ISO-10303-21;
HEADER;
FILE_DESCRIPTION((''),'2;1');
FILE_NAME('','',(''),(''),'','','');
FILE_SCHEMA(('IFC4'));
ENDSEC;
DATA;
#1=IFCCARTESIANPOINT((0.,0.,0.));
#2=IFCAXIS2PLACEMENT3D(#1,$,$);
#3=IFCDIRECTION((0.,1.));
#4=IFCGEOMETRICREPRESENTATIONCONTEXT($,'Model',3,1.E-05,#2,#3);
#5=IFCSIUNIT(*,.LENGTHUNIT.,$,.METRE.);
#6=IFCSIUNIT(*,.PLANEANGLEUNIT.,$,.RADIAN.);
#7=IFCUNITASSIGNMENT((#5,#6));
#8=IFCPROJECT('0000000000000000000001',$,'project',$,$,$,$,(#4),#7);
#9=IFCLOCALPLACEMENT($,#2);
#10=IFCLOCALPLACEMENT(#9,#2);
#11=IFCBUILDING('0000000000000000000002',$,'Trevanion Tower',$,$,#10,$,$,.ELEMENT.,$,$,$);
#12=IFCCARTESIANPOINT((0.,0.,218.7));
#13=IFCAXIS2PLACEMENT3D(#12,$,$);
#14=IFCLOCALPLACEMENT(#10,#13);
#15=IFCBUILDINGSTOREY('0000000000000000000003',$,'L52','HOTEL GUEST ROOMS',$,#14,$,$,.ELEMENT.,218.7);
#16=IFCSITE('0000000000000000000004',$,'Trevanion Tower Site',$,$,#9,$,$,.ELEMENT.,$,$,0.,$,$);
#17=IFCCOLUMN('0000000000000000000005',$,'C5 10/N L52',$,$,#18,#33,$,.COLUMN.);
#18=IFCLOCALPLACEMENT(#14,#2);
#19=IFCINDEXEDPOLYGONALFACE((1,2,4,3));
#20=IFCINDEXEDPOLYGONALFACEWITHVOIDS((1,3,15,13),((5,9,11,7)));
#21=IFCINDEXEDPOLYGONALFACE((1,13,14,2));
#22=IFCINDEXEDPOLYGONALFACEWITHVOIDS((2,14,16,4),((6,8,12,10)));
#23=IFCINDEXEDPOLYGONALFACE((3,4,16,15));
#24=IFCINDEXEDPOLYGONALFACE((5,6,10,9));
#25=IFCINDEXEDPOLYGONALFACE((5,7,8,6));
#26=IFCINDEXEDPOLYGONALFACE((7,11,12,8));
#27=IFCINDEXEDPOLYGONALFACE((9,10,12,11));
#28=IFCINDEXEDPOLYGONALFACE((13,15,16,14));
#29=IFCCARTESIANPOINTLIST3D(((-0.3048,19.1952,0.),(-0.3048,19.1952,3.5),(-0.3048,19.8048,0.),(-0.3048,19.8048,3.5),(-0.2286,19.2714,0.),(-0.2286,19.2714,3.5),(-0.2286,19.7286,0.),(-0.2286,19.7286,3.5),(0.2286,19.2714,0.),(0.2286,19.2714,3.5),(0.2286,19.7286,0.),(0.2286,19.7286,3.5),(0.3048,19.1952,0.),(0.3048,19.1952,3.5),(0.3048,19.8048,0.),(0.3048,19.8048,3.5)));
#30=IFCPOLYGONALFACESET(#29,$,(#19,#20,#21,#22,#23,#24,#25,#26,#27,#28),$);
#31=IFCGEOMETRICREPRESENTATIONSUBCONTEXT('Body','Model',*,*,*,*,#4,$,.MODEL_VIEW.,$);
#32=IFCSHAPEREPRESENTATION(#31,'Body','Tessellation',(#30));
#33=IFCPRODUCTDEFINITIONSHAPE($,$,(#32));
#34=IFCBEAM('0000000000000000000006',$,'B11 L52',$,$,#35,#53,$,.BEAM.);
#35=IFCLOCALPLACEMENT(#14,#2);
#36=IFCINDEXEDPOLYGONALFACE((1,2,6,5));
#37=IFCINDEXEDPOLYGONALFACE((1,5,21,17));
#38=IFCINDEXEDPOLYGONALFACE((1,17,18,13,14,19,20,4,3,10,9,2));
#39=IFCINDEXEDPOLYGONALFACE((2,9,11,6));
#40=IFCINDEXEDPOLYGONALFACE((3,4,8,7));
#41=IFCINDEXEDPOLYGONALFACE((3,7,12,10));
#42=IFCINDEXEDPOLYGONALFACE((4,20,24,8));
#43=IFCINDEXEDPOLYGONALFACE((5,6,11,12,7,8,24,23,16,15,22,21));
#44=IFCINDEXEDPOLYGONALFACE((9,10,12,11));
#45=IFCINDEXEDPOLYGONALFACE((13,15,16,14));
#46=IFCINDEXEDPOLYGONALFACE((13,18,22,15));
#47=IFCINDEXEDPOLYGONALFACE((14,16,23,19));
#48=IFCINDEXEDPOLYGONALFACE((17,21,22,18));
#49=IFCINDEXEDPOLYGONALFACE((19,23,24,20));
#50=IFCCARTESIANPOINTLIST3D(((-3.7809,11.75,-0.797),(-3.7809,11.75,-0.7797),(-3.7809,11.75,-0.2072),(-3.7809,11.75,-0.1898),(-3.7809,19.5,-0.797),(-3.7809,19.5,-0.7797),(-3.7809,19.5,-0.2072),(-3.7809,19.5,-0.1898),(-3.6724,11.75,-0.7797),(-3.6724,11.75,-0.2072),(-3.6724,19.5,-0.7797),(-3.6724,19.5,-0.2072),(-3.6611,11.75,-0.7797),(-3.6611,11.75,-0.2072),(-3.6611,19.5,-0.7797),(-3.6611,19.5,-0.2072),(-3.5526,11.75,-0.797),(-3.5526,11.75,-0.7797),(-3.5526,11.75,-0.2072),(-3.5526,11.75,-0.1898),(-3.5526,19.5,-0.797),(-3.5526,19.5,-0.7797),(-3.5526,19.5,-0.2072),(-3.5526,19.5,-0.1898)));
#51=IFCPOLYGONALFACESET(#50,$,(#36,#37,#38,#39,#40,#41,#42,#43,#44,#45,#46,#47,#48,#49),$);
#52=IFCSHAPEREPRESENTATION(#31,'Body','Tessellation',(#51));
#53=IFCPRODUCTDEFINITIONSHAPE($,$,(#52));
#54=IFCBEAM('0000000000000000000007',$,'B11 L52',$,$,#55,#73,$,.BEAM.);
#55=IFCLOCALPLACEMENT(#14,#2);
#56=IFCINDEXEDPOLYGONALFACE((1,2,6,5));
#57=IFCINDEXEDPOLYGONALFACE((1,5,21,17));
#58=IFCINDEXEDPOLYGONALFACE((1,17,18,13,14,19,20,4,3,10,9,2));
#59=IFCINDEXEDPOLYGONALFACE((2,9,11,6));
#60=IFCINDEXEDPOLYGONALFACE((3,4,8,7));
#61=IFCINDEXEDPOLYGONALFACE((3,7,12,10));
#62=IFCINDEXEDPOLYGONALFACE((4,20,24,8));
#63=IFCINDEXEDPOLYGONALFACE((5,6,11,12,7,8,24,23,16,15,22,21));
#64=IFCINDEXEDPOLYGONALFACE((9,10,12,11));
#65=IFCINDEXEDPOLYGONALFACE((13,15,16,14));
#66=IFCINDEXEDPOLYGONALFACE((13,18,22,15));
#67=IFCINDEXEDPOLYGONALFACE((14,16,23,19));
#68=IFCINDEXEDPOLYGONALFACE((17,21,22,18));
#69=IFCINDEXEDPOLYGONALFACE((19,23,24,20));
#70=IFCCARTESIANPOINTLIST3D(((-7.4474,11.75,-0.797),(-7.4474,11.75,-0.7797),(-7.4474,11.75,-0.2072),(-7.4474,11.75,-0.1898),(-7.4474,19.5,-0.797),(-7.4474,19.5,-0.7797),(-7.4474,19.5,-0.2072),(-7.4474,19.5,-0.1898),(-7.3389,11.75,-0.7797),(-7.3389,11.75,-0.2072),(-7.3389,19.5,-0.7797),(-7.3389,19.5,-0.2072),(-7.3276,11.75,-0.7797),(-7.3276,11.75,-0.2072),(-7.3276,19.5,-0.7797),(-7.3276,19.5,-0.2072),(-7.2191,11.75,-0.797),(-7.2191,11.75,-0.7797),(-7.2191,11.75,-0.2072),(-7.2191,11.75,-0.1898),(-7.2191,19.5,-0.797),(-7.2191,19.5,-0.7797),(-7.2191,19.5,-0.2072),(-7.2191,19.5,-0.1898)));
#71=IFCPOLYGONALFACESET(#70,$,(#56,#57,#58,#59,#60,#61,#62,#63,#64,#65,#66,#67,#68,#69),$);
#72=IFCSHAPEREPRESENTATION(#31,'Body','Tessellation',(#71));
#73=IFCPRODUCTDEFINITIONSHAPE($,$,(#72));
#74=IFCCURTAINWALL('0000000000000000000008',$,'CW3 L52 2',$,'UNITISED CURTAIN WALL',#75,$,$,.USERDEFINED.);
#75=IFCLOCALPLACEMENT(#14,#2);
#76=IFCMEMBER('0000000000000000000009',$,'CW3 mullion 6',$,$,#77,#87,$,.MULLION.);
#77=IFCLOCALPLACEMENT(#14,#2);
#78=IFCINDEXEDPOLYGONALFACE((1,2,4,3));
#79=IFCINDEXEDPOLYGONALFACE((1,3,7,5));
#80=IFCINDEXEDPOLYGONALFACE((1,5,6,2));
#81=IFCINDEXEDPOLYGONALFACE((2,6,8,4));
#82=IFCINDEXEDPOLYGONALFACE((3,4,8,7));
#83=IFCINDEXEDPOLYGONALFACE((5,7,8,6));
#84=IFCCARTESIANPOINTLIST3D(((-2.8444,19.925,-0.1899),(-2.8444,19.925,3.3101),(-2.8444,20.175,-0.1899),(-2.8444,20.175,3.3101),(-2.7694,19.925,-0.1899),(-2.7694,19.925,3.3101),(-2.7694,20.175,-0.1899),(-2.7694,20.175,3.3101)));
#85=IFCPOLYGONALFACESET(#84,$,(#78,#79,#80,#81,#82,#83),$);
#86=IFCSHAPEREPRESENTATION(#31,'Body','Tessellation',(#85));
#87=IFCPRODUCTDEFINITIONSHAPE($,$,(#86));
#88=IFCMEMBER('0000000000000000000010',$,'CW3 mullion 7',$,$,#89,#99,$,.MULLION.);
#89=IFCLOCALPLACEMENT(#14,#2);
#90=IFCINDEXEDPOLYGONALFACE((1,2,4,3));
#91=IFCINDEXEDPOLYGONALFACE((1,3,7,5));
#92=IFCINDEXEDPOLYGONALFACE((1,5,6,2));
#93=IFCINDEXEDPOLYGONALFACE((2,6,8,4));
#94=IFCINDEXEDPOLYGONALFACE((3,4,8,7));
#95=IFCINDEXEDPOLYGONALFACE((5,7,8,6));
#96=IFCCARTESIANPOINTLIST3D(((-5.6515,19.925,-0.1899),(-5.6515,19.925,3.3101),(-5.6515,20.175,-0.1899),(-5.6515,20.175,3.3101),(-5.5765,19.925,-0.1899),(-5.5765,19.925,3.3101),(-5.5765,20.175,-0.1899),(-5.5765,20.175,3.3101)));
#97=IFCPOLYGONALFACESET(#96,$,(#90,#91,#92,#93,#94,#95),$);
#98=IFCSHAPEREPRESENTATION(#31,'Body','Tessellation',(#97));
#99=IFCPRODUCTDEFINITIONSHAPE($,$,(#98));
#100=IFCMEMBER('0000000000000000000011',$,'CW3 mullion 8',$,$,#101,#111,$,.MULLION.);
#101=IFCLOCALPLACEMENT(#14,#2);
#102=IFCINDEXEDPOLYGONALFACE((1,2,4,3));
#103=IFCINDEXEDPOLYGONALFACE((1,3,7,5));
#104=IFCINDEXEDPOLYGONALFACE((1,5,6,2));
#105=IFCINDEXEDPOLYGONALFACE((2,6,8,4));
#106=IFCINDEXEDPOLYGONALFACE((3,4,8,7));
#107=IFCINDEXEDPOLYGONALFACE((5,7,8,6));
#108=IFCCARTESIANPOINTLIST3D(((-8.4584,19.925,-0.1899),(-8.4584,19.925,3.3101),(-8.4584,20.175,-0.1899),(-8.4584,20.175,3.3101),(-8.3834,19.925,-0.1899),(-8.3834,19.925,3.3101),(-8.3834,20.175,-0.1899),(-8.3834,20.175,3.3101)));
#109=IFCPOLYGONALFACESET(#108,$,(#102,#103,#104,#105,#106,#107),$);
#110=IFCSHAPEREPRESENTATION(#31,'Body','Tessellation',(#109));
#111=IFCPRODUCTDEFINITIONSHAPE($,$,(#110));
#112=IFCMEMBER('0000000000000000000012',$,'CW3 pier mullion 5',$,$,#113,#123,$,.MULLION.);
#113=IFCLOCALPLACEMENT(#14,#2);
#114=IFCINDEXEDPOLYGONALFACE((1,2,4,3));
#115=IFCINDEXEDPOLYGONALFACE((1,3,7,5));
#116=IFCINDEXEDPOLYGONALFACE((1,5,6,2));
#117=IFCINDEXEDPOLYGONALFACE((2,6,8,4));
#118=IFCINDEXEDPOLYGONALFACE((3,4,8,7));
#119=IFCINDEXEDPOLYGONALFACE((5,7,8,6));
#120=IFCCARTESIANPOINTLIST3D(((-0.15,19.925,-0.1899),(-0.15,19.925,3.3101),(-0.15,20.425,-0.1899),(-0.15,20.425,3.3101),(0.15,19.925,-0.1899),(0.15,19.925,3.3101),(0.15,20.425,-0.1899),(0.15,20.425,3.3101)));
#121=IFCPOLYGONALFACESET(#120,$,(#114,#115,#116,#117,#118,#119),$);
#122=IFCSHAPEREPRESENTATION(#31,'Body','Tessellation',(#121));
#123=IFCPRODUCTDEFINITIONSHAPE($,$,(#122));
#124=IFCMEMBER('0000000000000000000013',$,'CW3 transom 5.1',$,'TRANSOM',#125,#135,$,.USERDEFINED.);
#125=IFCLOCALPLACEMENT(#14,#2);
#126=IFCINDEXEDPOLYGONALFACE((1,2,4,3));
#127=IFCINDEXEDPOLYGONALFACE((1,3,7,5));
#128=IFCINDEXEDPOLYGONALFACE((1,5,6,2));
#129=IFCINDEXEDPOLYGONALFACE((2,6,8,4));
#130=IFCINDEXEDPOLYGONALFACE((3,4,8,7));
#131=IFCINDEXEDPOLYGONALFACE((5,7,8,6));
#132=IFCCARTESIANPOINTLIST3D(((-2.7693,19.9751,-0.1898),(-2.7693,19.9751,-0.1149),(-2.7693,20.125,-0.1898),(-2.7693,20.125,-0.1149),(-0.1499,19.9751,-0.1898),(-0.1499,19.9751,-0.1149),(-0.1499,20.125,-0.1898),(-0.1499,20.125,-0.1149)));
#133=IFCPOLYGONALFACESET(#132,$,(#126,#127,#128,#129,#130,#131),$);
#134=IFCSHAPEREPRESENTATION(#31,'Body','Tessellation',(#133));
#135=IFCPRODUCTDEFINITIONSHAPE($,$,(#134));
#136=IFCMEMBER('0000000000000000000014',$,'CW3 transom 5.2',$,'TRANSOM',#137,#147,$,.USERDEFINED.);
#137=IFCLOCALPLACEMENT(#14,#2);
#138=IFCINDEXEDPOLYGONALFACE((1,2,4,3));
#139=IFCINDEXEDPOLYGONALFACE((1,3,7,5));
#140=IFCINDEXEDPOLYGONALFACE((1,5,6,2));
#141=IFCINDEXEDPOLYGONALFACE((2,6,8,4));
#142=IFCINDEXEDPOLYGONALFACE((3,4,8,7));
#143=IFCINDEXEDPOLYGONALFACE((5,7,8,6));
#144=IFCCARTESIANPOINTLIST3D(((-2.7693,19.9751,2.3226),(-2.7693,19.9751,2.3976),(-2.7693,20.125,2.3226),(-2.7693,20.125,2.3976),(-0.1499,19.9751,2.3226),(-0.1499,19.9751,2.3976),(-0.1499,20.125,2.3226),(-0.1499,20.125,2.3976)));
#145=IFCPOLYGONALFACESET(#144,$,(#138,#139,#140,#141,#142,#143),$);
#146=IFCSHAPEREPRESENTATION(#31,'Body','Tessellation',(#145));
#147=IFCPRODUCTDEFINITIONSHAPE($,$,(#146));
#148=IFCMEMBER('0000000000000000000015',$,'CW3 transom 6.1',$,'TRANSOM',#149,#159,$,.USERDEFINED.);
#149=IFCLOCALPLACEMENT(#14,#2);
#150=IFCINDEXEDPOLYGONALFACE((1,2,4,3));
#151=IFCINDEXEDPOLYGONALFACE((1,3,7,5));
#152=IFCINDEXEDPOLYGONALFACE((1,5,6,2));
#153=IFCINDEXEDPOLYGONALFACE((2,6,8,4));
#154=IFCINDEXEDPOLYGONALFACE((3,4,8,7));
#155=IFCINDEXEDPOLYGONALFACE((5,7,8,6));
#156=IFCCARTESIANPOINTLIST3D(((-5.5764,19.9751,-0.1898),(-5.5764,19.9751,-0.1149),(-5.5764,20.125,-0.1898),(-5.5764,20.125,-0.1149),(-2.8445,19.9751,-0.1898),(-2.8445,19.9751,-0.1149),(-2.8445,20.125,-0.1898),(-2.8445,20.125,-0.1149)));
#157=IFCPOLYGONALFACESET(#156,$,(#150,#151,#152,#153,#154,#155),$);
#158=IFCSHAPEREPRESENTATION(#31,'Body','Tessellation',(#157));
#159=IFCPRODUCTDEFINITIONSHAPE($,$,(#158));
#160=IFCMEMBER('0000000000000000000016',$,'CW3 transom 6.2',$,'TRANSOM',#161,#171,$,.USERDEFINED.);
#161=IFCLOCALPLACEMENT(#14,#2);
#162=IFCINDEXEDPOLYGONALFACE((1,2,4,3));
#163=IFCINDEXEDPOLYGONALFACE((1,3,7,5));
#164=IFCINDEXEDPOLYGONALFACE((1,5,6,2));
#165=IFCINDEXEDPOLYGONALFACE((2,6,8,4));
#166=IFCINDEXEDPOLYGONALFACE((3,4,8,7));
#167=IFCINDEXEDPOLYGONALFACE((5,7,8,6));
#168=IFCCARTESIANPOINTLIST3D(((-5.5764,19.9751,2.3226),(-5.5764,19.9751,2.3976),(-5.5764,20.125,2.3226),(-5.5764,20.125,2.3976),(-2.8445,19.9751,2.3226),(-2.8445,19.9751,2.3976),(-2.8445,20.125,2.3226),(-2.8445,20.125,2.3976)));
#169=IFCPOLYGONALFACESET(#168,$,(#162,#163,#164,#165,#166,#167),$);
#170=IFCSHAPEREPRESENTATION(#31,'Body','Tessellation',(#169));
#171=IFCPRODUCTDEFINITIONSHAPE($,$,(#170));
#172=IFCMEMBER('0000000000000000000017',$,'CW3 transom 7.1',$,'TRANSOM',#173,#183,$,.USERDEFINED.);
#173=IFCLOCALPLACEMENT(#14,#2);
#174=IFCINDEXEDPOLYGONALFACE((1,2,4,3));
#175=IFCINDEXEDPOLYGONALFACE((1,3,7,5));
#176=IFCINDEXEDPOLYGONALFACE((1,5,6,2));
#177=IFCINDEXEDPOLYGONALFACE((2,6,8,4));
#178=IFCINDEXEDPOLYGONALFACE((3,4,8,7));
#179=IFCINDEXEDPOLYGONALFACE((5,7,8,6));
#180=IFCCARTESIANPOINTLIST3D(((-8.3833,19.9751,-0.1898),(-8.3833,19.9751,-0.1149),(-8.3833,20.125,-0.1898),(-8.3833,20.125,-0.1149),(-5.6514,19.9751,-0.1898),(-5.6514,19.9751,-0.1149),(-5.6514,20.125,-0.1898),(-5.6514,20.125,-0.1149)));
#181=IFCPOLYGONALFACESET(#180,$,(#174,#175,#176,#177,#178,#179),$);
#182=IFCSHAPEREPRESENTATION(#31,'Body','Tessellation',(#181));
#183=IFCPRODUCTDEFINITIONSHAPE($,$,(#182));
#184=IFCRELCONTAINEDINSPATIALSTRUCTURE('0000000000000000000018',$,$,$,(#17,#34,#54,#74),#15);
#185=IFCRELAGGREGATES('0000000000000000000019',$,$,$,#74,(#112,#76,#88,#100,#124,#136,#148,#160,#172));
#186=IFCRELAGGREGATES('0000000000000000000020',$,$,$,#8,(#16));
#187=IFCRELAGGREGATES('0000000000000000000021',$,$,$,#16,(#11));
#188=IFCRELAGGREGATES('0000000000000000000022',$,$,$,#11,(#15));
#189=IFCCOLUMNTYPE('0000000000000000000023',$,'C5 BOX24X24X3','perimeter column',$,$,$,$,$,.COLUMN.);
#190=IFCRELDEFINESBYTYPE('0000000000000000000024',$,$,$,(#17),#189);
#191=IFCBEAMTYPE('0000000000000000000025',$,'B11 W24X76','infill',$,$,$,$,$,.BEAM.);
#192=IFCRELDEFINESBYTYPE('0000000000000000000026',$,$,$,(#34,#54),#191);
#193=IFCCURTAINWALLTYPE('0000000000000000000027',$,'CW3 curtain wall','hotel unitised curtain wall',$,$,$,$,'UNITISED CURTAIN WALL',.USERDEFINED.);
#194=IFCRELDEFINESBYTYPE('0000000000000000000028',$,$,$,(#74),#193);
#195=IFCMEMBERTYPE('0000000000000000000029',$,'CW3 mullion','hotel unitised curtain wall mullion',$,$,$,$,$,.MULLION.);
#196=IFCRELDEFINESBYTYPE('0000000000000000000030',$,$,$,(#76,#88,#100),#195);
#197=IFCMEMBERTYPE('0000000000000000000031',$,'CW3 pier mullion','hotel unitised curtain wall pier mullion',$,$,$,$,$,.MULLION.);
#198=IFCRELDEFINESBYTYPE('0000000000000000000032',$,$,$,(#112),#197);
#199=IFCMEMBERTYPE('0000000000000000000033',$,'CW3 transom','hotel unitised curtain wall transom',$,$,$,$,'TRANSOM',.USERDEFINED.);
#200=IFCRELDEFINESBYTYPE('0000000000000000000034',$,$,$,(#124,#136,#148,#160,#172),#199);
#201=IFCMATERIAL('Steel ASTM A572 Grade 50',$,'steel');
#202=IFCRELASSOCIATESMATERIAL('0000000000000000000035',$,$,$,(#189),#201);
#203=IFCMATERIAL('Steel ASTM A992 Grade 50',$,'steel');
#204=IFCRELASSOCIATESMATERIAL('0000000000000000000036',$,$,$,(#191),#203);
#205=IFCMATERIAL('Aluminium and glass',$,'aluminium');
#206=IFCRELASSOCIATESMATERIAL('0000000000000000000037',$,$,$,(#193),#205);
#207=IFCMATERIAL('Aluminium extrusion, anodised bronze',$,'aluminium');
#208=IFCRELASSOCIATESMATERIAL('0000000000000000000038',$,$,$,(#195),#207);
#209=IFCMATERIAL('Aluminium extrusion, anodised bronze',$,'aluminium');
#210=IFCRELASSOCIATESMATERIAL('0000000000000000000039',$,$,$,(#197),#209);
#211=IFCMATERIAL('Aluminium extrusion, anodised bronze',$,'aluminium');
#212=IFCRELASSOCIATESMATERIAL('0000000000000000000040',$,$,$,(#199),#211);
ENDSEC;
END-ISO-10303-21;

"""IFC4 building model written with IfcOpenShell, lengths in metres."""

from ifc_helpers import new_model, si_unit, direction, frame, origin, origin_2d, place, context, subcontext, project, spatial, rectangle, hollow_rectangle, i_section, extrude, material, material_profile, profile_set, type_object, element, aggregate, save


model = new_model("IFC4")

# Units and contexts
model_context = context("Model", 3, precision=1e-05, world=origin(), true_north=direction((0.0, 1.0)))
body_context = subcontext(model_context, "Body", "Model", "MODEL_VIEW")
ifc_project = project(units=[si_unit("LENGTHUNIT", "METRE"), si_unit("PLANEANGLEUNIT", "RADIAN")], contexts=[model_context])

# Site, building, storey
site_placement = place(None, origin())
site = spatial("IfcSite", under=ifc_project, at=site_placement, Name="Trevanion Tower Site", CompositionType="ELEMENT", RefElevation=0.0)
building_placement = place(site_placement, origin())
building = spatial("IfcBuilding", under=site, at=building_placement, Name="Trevanion Tower", CompositionType="ELEMENT")
storey_placement = place(building_placement, frame((0.0, 0.0, 218.7)))
storey = spatial("IfcBuildingStorey", under=building, at=storey_placement, Name="L52", Description="HOTEL GUEST ROOMS", CompositionType="ELEMENT", Elevation=218.7)

# Column
ifc_material_1 = material(Name="Steel ASTM A572 Grade 50", Category="steel")
ifc_material_profile_1 = material_profile(ifc_material_1, hollow_rectangle(XDim=0.6096, YDim=0.6096, WallThickness=0.0762, at=origin_2d()), Name="BOX24X24X3")
ifc_profile_set_1 = profile_set([ifc_material_profile_1], Name="Steel ASTM A572 Grade 50")
column_type = type_object("IfcColumnType", Name="C5 BOX24X24X3", Description="perimeter column", PredefinedType="COLUMN", material=ifc_profile_set_1)
column_placement = place(storey_placement, frame((0.0, 19.5, 0.0), z_axis=(0.0, 0.0, 1.0), x_axis=(1.0, 0.0, 0.0)))
element("IfcColumn", 1, at=column_placement, inside=storey, type_object=column_type, Name="C5 10/N L52", PredefinedType="COLUMN", context=body_context, shape_type="SweptSolid", body=[
    extrude(hollow_rectangle(XDim=0.6096, YDim=0.6096, WallThickness=0.0762, at=origin_2d()), origin(), (0.0, 0.0, 1.0), 3.5),
])

# Beams
ifc_material_2 = material(Name="Steel ASTM A992 Grade 50", Category="steel")
ifc_material_profile_2 = material_profile(ifc_material_2, i_section(OverallWidth=0.2283, OverallDepth=0.6072, WebThickness=0.0112, FlangeThickness=0.0173, at=origin_2d()), Name="W24X76")
ifc_profile_set_2 = profile_set([ifc_material_profile_2], Name="Steel ASTM A992 Grade 50")
beam_type_1 = type_object("IfcBeamType", Name="B11 W24X76", Description="infill", PredefinedType="BEAM", material=ifc_profile_set_2)
for number, where, z_axis, x_axis, name in (
    (2, (-3.6667, 11.75, -0.4934), (0.0, 1.0, 0.0), (-1.0, 0.0, 0.0), "B11 L52"),
    (3, (-7.3333, 11.75, -0.4934), (0.0, 1.0, 0.0), (-1.0, 0.0, 0.0), "B11 L52"),
):
    element("IfcBeam", number, at=place(storey_placement, frame(where, z_axis=z_axis, x_axis=x_axis)), inside=storey, type_object=beam_type_1, Name=name, PredefinedType="BEAM", context=body_context, shape_type="SweptSolid", body=[
        extrude(i_section(OverallWidth=0.2283, OverallDepth=0.6072, WebThickness=0.0112, FlangeThickness=0.0173, at=origin_2d()), origin(), (0.0, 0.0, 1.0), 7.75),
    ])

# Curtain wall, members
ifc_material_3 = material(Name="Aluminium and glass", Category="aluminium")
curtain_wall_type = type_object("IfcCurtainWallType", Name="CW3 curtain wall", Description="hotel unitised curtain wall", ElementType="UNITISED CURTAIN WALL", PredefinedType="USERDEFINED", material=ifc_material_3)
curtain_wall_placement = place(storey_placement, origin())
curtain_wall = element("IfcCurtainWall", 4, at=curtain_wall_placement, inside=storey, type_object=curtain_wall_type, Name="CW3 L52 2", ObjectType="UNITISED CURTAIN WALL", PredefinedType="USERDEFINED")
ifc_material_4 = material(Name="Aluminium extrusion, anodised bronze", Category="aluminium")
ifc_material_profile_3 = material_profile(ifc_material_4, rectangle(XDim=0.075, YDim=0.25, at=origin_2d()), Name="CW3 mullion")
ifc_profile_set_3 = profile_set([ifc_material_profile_3], Name="Aluminium extrusion, anodised bronze")
member_type_1 = type_object("IfcMemberType", Name="CW3 mullion", Description="hotel unitised curtain wall mullion", PredefinedType="MULLION", material=ifc_profile_set_3)
member_1_placement = place(storey_placement, frame((-2.8069, 20.05, -0.1899), z_axis=(0.0, 0.0, 1.0), x_axis=(-1.0, 0.0, 0.0)))
member_1 = element("IfcMember", 5, at=member_1_placement, type_object=member_type_1, Name="CW3 mullion 6", PredefinedType="MULLION", context=body_context, shape_type="SweptSolid", body=[
    extrude(rectangle(XDim=0.075, YDim=0.25, at=origin_2d()), origin(), (0.0, 0.0, 1.0), 3.5),
])
member_2_placement = place(storey_placement, frame((-5.614, 20.05, -0.1899), z_axis=(0.0, 0.0, 1.0), x_axis=(-1.0, 0.0, 0.0)))
member_2 = element("IfcMember", 6, at=member_2_placement, type_object=member_type_1, Name="CW3 mullion 7", PredefinedType="MULLION", context=body_context, shape_type="SweptSolid", body=[
    extrude(rectangle(XDim=0.075, YDim=0.25, at=origin_2d()), origin(), (0.0, 0.0, 1.0), 3.5),
])
member_3_placement = place(storey_placement, frame((-8.4209, 20.05, -0.1899), z_axis=(0.0, 0.0, 1.0), x_axis=(-1.0, 0.0, 0.0)))
member_3 = element("IfcMember", 7, at=member_3_placement, type_object=member_type_1, Name="CW3 mullion 8", PredefinedType="MULLION", context=body_context, shape_type="SweptSolid", body=[
    extrude(rectangle(XDim=0.075, YDim=0.25, at=origin_2d()), origin(), (0.0, 0.0, 1.0), 3.5),
])
ifc_material_5 = material(Name="Aluminium extrusion, anodised bronze", Category="aluminium")
ifc_material_profile_4 = material_profile(ifc_material_5, rectangle(XDim=0.3, YDim=0.5, at=origin_2d()), Name="CW3 pier mullion")
ifc_profile_set_4 = profile_set([ifc_material_profile_4], Name="Aluminium extrusion, anodised bronze")
member_type_2 = type_object("IfcMemberType", Name="CW3 pier mullion", Description="hotel unitised curtain wall pier mullion", PredefinedType="MULLION", material=ifc_profile_set_4)
member_4_placement = place(storey_placement, frame((0.0, 20.175, -0.1899), z_axis=(0.0, 0.0, 1.0), x_axis=(-1.0, 0.0, 0.0)))
member_4 = element("IfcMember", 8, at=member_4_placement, type_object=member_type_2, Name="CW3 pier mullion 5", PredefinedType="MULLION", context=body_context, shape_type="SweptSolid", body=[
    extrude(rectangle(XDim=0.3, YDim=0.5, at=origin_2d()), origin(), (0.0, 0.0, 1.0), 3.5),
])
ifc_material_6 = material(Name="Aluminium extrusion, anodised bronze", Category="aluminium")
ifc_material_profile_5 = material_profile(ifc_material_6, rectangle(XDim=0.1499, YDim=0.075, at=origin_2d()), Name="CW3 transom")
ifc_profile_set_5 = profile_set([ifc_material_profile_5], Name="Aluminium extrusion, anodised bronze")
member_type_3 = type_object("IfcMemberType", Name="CW3 transom", Description="hotel unitised curtain wall transom", ElementType="TRANSOM", PredefinedType="USERDEFINED", material=ifc_profile_set_5)
member_5_placement = place(storey_placement, frame((-0.1499, 20.05, -0.1523), z_axis=(-1.0, 0.0, 0.0), x_axis=(0.0, -1.0, 0.0)))
member_5 = element("IfcMember", 9, at=member_5_placement, type_object=member_type_3, Name="CW3 transom 5.1", ObjectType="TRANSOM", PredefinedType="USERDEFINED", context=body_context, shape_type="SweptSolid", body=[
    extrude(rectangle(XDim=0.1499, YDim=0.075, at=origin_2d()), origin(), (0.0, 0.0, 1.0), 2.6194),
])
member_6_placement = place(storey_placement, frame((-0.1499, 20.05, 2.3601), z_axis=(-1.0, 0.0, 0.0), x_axis=(0.0, -1.0, 0.0)))
member_6 = element("IfcMember", 10, at=member_6_placement, type_object=member_type_3, Name="CW3 transom 5.2", ObjectType="TRANSOM", PredefinedType="USERDEFINED", context=body_context, shape_type="SweptSolid", body=[
    extrude(rectangle(XDim=0.1499, YDim=0.075, at=origin_2d()), origin(), (0.0, 0.0, 1.0), 2.6194),
])
member_7_placement = place(storey_placement, frame((-2.8445, 20.05, -0.1523), z_axis=(-1.0, 0.0, 0.0), x_axis=(0.0, -1.0, 0.0)))
member_7 = element("IfcMember", 11, at=member_7_placement, type_object=member_type_3, Name="CW3 transom 6.1", ObjectType="TRANSOM", PredefinedType="USERDEFINED", context=body_context, shape_type="SweptSolid", body=[
    extrude(rectangle(XDim=0.1499, YDim=0.075, at=origin_2d()), origin(), (0.0, 0.0, 1.0), 2.7319),
])
member_8_placement = place(storey_placement, frame((-2.8445, 20.05, 2.3601), z_axis=(-1.0, 0.0, 0.0), x_axis=(0.0, -1.0, 0.0)))
member_8 = element("IfcMember", 12, at=member_8_placement, type_object=member_type_3, Name="CW3 transom 6.2", ObjectType="TRANSOM", PredefinedType="USERDEFINED", context=body_context, shape_type="SweptSolid", body=[
    extrude(rectangle(XDim=0.1499, YDim=0.075, at=origin_2d()), origin(), (0.0, 0.0, 1.0), 2.7319),
])
member_9_placement = place(storey_placement, frame((-5.6514, 20.05, -0.1523), z_axis=(-1.0, 0.0, 0.0), x_axis=(0.0, -1.0, 0.0)))
member_9 = element("IfcMember", 13, at=member_9_placement, type_object=member_type_3, Name="CW3 transom 7.1", ObjectType="TRANSOM", PredefinedType="USERDEFINED", context=body_context, shape_type="SweptSolid", body=[
    extrude(rectangle(XDim=0.1499, YDim=0.075, at=origin_2d()), origin(), (0.0, 0.0, 1.0), 2.7319),
])

aggregate(curtain_wall, [member_4, member_1, member_2, member_3, member_5, member_6, member_7, member_8, member_9])

save(model, "model.ifc")
